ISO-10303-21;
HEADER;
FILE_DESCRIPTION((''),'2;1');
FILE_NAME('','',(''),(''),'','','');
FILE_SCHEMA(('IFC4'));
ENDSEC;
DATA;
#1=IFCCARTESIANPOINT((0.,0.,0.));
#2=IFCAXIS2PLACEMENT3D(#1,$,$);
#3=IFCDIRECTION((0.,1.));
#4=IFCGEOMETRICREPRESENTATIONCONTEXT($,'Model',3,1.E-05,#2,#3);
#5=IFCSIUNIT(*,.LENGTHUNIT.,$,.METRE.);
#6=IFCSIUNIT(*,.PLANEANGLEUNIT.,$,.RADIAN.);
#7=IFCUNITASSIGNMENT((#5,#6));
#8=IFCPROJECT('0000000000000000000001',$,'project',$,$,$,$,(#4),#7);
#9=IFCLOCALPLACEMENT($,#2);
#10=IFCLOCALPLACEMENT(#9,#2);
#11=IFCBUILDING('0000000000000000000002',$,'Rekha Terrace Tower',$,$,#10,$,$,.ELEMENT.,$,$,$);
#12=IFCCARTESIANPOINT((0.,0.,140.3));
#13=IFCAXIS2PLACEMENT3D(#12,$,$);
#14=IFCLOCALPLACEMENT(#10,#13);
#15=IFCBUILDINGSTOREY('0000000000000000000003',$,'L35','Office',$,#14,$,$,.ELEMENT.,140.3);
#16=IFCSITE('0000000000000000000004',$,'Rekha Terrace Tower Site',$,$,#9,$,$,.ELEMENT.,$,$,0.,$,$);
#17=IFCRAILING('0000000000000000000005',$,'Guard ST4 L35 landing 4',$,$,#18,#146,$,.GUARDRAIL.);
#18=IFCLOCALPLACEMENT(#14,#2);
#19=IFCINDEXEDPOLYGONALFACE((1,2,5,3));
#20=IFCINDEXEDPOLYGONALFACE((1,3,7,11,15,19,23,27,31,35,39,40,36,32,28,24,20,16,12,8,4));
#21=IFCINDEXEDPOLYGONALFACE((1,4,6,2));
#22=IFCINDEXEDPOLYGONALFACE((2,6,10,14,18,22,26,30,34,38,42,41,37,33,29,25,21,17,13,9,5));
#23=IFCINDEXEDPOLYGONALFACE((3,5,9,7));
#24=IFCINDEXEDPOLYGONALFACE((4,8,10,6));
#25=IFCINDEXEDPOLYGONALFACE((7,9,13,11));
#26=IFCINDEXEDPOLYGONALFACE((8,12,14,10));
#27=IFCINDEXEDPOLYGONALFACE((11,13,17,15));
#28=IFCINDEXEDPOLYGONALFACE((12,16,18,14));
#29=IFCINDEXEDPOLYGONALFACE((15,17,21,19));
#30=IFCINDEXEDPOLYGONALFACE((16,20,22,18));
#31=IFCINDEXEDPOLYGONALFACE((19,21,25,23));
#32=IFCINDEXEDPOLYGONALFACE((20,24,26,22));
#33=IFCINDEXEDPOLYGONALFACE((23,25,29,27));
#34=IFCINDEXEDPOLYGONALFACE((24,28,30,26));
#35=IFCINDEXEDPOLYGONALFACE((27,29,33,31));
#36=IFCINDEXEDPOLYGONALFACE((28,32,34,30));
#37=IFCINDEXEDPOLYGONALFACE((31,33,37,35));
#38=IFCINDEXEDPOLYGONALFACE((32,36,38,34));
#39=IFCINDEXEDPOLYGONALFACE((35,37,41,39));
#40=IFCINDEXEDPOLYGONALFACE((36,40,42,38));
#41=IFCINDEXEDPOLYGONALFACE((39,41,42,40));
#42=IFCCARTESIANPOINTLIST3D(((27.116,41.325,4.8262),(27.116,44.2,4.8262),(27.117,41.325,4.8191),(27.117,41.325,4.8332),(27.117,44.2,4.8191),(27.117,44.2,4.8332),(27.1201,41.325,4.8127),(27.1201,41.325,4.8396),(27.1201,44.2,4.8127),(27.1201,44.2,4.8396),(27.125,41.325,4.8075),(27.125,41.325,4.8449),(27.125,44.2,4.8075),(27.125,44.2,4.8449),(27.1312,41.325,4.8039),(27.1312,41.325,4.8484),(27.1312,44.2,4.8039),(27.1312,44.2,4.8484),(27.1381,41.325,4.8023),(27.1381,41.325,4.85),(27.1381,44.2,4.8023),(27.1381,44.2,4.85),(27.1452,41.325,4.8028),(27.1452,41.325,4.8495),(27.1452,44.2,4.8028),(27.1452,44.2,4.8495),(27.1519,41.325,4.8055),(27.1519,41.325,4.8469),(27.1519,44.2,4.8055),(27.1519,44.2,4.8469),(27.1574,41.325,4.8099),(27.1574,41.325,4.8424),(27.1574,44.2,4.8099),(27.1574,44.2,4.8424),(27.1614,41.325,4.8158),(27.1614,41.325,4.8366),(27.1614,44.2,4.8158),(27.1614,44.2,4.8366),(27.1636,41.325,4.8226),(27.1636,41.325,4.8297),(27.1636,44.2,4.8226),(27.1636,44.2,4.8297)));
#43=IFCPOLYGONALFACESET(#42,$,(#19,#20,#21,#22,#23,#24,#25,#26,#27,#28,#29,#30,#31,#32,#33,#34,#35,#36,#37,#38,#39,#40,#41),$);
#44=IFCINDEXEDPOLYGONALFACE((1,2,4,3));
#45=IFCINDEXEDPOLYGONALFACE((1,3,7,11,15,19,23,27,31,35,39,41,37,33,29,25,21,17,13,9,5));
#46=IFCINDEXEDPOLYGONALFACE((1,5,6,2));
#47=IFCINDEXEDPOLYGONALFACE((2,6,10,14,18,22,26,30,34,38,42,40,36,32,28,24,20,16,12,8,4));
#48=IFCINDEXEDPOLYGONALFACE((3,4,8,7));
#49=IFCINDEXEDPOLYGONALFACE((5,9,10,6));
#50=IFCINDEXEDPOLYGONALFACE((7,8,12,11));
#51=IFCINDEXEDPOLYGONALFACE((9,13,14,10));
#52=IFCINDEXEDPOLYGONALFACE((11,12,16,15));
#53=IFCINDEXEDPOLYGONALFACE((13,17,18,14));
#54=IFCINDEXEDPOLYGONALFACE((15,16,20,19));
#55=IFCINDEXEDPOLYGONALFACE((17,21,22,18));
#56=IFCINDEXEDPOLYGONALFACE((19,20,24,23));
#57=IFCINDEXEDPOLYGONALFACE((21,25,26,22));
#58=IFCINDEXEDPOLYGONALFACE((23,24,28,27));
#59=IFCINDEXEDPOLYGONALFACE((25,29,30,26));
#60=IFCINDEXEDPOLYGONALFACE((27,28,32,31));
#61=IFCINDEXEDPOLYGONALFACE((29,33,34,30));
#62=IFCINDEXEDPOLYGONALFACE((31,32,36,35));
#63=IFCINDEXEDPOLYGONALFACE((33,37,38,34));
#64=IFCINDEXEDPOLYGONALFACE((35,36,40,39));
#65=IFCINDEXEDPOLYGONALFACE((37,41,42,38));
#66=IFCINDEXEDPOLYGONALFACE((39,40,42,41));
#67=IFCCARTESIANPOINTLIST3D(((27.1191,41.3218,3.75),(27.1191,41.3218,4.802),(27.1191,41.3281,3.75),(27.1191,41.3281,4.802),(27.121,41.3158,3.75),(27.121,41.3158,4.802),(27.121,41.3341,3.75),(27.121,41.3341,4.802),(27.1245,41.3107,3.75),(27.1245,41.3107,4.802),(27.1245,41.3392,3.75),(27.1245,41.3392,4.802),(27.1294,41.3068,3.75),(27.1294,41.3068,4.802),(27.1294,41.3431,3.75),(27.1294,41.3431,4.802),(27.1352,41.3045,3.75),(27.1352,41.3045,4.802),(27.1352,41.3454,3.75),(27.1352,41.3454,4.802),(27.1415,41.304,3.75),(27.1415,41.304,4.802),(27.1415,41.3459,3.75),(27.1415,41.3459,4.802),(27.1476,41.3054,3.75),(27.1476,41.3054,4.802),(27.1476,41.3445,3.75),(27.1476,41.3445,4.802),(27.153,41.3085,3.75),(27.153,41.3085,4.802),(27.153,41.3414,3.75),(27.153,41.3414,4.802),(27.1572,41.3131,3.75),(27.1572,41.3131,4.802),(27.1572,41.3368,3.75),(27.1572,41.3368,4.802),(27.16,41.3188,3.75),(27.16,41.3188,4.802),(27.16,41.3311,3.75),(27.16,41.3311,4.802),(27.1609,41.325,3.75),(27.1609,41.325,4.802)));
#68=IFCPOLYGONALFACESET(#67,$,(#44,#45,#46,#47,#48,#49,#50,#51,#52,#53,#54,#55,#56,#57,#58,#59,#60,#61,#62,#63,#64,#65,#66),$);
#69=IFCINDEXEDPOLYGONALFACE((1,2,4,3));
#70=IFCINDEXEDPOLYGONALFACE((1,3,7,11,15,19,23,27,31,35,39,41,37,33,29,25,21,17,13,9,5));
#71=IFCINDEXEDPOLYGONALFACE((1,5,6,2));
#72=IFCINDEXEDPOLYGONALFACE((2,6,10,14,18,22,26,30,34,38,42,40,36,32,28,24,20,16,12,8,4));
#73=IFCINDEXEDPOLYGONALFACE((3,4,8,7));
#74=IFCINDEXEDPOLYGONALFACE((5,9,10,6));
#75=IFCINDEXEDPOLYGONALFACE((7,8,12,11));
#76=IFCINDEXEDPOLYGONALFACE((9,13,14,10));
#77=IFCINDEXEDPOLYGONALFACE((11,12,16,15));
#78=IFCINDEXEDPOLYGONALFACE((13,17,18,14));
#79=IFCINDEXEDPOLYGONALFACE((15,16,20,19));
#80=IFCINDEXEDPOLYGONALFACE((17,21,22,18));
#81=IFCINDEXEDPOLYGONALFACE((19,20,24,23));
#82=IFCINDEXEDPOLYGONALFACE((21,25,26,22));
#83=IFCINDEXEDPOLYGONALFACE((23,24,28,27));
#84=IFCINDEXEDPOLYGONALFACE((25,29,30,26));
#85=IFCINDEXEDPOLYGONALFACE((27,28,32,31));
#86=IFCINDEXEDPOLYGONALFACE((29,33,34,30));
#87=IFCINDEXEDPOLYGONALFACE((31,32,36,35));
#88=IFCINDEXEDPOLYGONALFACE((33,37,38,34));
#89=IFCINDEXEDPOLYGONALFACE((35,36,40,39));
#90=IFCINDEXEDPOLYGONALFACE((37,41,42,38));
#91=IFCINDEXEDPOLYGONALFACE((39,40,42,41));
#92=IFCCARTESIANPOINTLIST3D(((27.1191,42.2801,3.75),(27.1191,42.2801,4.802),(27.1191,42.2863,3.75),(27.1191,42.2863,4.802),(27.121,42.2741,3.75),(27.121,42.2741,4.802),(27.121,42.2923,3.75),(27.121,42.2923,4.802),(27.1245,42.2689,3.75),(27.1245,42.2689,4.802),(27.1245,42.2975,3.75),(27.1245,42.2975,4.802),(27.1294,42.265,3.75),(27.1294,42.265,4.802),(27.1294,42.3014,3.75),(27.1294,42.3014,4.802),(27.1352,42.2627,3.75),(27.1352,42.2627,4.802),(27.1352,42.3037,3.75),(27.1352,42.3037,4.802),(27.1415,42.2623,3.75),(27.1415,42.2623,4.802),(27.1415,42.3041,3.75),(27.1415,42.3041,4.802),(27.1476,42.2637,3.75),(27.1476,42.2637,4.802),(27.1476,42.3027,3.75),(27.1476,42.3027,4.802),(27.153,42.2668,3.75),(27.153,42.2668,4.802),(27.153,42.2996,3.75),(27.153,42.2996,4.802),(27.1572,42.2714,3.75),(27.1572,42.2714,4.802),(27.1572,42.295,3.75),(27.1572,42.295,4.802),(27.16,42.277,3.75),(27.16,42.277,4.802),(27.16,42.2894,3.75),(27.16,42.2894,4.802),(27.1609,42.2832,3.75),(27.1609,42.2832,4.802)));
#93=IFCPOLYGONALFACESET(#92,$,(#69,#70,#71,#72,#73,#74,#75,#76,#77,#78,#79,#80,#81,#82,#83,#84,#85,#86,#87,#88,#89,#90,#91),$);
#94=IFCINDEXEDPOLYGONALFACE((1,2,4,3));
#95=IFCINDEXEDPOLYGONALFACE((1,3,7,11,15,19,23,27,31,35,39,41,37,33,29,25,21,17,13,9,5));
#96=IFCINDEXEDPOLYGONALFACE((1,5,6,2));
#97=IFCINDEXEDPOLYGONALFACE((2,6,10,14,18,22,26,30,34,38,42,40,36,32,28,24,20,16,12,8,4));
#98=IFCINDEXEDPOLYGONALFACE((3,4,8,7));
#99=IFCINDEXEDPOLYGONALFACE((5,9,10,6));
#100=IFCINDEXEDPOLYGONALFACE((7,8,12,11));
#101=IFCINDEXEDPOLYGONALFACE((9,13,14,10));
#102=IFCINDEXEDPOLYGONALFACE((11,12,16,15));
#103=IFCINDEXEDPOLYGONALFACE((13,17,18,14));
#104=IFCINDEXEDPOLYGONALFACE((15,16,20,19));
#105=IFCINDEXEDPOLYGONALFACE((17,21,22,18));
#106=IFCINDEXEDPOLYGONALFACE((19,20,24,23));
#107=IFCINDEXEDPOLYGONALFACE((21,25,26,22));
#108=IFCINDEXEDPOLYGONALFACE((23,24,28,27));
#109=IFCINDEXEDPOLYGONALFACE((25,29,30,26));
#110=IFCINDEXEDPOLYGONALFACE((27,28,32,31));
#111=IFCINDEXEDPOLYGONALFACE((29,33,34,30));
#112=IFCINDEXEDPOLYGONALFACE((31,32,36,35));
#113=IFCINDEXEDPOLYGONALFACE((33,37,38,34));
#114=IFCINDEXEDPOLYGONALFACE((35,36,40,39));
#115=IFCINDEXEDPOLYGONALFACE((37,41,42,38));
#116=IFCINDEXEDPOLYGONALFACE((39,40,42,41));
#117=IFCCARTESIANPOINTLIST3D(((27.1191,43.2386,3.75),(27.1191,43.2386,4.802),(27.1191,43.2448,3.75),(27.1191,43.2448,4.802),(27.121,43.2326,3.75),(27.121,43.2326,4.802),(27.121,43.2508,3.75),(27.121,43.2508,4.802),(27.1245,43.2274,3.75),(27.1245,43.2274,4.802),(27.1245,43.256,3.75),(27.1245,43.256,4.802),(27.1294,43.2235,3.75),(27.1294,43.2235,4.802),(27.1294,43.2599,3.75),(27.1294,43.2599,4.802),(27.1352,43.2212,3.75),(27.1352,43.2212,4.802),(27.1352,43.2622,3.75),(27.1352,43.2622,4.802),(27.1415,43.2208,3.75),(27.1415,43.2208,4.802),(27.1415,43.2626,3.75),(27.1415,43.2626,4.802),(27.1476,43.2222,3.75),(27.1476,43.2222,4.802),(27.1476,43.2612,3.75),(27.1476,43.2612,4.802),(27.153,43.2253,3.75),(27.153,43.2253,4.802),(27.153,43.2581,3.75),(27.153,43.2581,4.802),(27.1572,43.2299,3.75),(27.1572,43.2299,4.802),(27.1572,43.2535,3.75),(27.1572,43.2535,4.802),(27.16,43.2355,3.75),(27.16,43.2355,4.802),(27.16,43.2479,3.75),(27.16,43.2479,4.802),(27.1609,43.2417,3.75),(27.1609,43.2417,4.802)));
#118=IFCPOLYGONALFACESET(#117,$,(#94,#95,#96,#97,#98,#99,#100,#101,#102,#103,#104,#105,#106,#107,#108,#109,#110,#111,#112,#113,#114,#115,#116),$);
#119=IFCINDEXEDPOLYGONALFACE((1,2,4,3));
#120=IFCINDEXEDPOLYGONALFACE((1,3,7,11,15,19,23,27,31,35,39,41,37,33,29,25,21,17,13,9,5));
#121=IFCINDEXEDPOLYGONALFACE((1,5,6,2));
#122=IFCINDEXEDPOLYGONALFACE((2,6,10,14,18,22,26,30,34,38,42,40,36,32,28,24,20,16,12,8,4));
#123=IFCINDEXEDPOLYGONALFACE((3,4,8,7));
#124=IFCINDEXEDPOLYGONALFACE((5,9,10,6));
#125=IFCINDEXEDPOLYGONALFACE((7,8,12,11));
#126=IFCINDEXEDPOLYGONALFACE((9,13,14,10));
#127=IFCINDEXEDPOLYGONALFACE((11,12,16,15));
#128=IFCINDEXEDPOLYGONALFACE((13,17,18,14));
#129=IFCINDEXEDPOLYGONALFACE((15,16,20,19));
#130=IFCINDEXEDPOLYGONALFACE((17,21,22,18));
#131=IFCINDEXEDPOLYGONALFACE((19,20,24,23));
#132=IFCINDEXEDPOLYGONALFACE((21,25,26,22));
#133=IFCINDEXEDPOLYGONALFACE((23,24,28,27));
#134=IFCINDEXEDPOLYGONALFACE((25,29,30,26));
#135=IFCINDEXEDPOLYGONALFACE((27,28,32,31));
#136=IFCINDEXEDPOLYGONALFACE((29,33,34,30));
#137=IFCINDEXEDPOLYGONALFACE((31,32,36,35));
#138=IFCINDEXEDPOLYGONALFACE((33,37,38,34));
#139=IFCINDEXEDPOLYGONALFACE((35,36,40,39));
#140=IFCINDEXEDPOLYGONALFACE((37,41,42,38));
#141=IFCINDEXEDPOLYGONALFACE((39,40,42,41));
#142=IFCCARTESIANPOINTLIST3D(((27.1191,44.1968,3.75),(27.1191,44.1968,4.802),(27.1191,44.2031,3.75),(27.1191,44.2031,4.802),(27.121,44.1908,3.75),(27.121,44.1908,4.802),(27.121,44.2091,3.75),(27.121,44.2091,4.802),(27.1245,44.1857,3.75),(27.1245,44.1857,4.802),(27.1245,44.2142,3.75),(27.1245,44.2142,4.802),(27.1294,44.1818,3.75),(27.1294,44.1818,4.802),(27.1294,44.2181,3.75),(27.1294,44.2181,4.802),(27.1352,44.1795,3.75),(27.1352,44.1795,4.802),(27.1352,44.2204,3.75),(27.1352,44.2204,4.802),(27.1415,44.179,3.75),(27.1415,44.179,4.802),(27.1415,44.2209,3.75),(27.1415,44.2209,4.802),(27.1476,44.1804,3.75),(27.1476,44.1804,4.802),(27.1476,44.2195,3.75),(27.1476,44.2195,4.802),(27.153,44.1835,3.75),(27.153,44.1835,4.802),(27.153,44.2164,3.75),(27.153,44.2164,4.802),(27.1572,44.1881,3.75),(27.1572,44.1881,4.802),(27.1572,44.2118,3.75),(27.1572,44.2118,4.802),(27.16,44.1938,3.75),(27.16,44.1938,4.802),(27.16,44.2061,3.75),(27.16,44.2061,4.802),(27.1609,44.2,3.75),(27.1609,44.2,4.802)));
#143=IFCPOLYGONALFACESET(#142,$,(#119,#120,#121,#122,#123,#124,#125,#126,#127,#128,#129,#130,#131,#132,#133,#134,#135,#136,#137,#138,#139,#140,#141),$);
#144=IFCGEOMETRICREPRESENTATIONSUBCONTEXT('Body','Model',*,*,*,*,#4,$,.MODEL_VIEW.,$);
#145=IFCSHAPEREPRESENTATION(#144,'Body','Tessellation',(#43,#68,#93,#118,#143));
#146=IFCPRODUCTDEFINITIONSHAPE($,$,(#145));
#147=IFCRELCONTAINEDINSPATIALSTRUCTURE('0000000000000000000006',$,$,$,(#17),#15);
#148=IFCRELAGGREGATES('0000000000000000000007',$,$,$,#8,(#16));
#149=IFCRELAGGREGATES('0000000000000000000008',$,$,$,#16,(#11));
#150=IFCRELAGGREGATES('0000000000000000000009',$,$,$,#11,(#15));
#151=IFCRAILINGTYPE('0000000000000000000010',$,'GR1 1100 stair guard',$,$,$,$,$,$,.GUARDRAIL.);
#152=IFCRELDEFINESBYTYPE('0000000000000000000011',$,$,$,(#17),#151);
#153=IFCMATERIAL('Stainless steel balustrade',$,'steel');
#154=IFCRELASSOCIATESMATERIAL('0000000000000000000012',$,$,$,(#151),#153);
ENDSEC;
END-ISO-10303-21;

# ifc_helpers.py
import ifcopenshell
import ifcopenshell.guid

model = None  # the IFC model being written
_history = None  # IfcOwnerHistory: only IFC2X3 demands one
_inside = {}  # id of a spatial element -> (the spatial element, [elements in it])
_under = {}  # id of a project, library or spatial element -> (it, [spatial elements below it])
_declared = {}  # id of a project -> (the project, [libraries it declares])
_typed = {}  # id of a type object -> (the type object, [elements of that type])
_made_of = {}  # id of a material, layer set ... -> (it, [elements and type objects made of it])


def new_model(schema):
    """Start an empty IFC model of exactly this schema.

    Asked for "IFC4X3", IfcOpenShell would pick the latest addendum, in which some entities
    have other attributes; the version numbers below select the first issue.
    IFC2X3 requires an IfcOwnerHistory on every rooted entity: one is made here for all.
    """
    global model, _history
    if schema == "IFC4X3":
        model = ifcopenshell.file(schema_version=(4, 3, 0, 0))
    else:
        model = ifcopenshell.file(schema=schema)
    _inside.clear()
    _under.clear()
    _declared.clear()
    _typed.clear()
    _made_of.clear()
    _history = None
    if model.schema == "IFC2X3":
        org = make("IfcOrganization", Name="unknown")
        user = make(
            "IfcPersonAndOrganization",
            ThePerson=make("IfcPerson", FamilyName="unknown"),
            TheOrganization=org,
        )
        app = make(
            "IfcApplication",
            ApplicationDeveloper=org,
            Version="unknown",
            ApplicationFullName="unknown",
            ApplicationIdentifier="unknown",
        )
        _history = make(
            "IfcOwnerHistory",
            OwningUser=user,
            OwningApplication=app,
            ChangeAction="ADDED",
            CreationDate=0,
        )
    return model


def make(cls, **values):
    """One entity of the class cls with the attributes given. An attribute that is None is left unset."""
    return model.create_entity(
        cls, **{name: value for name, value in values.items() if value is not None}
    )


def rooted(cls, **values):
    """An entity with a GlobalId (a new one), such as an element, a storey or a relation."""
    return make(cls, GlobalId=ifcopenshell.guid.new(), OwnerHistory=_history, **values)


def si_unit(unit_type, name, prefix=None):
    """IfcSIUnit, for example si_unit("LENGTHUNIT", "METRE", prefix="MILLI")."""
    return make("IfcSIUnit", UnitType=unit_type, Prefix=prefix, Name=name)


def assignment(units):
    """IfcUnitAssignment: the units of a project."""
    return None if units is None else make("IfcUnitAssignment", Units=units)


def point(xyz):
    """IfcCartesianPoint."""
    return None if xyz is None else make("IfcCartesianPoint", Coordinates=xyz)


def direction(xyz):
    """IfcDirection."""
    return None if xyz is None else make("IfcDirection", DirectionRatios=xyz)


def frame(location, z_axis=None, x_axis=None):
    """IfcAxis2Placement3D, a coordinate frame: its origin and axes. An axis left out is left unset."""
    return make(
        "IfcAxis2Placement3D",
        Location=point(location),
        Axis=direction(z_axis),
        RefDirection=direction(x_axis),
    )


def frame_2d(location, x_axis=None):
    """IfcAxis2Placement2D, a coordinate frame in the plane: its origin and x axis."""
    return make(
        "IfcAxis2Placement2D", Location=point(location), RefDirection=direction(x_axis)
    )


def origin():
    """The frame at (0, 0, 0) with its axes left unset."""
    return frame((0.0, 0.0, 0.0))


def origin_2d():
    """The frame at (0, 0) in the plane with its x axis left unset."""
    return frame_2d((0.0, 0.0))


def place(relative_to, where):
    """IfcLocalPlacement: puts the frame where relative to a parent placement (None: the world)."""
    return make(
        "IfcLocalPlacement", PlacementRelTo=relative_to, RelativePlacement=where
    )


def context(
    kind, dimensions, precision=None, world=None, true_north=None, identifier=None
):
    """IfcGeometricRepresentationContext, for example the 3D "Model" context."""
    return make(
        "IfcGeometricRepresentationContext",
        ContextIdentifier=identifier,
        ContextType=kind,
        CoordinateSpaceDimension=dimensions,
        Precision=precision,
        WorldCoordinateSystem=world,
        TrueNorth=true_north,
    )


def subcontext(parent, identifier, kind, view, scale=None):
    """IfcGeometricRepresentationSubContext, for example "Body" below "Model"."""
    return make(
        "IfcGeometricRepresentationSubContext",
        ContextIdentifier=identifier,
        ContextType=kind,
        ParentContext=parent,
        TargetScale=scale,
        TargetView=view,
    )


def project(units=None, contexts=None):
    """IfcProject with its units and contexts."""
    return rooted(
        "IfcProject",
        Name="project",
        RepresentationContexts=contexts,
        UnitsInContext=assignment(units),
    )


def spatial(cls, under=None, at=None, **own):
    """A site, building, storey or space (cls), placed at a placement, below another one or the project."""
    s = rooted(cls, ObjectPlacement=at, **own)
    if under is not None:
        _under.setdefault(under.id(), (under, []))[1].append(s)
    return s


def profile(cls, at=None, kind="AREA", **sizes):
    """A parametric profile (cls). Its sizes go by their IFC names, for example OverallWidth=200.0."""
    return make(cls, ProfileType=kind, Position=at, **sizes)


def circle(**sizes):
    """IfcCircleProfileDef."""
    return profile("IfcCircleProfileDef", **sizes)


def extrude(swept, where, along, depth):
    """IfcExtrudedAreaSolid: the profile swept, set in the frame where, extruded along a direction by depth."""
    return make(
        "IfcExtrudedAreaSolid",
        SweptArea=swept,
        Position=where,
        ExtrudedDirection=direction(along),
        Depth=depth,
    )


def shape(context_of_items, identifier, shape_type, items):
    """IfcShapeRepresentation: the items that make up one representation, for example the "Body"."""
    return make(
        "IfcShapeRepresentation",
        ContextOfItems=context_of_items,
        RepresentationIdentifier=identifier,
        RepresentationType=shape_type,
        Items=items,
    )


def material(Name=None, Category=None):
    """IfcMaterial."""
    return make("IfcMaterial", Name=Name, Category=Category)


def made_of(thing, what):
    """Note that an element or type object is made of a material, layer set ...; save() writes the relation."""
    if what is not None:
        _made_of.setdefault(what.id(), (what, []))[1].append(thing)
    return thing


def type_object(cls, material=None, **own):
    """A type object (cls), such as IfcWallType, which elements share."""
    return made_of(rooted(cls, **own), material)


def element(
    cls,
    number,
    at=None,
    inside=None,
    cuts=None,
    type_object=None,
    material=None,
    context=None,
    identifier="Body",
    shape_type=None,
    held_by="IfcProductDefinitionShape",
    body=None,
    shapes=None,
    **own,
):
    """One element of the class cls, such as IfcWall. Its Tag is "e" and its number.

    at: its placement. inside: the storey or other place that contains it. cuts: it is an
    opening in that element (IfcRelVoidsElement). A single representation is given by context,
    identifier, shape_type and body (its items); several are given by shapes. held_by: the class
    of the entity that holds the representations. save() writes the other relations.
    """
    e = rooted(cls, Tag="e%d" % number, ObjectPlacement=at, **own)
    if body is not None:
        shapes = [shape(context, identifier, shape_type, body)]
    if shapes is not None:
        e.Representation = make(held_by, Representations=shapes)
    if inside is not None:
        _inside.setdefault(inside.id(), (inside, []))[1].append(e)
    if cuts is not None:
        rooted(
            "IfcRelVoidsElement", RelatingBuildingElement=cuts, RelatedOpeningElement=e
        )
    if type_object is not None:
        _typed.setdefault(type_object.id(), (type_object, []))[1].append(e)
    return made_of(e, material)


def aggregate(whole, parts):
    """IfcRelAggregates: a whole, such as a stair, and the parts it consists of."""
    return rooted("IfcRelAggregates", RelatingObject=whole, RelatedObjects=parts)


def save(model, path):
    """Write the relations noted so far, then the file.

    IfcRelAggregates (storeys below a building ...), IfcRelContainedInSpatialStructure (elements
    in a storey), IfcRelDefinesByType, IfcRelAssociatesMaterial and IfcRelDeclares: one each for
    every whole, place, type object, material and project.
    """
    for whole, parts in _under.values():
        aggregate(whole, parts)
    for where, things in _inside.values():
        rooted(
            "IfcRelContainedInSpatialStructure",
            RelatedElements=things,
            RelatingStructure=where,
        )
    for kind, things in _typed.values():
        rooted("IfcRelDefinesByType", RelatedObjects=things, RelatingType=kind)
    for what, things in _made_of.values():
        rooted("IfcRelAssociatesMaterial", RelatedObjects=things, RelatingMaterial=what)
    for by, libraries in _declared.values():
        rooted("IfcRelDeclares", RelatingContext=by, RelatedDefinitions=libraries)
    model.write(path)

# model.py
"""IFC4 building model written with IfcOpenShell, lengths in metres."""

from ifc_helpers import new_model, si_unit, direction, frame, origin, origin_2d, place, context, subcontext, project, spatial, circle, extrude, material, type_object, element, save


model = new_model("IFC4")

# Units and contexts
model_context = context("Model", 3, precision=1e-05, world=origin(), true_north=direction((0.0, 1.0)))
body_context = subcontext(model_context, "Body", "Model", "MODEL_VIEW")
ifc_project = project(units=[si_unit("LENGTHUNIT", "METRE"), si_unit("PLANEANGLEUNIT", "RADIAN")], contexts=[model_context])

# Site, building, storey
site_placement = place(None, origin())
site = spatial("IfcSite", under=ifc_project, at=site_placement, Name="Rekha Terrace Tower Site", CompositionType="ELEMENT", RefElevation=0.0)
building_placement = place(site_placement, origin())
building = spatial("IfcBuilding", under=site, at=building_placement, Name="Rekha Terrace Tower", CompositionType="ELEMENT")
storey_placement = place(building_placement, frame((0.0, 0.0, 140.3)))
storey = spatial("IfcBuildingStorey", under=building, at=storey_placement, Name="L35", Description="Office", CompositionType="ELEMENT", Elevation=140.3)

# Railing
ifc_material_1 = material(Name="Stainless steel balustrade", Category="steel")
railing_type_1 = type_object("IfcRailingType", Name="GR1 1100 stair guard", PredefinedType="GUARDRAIL", material=ifc_material_1)
railing_1_placement = place(storey_placement, frame((27.1399, 41.325, 3.75)))
element("IfcRailing", 1, at=railing_1_placement, inside=storey, type_object=railing_type_1, Name="Guard ST4 L35 landing 4", PredefinedType="GUARDRAIL", context=body_context, shape_type="SweptSolid", body=[
    extrude(circle(Radius=0.0239, at=origin_2d()), frame((0.0, 0.0, 1.0762), z_axis=(0.0, 1.0, 0.0), x_axis=(-1.0, 0.0, 0.0)), (0.0, 0.0, 1.0), 2.875),
    extrude(circle(Radius=0.021, at=origin_2d()), origin(), (0.0, 0.0, 1.0), 1.052),
    extrude(circle(Radius=0.021, at=origin_2d()), frame((0.0, 0.9583, 0.0)), (0.0, 0.0, 1.0), 1.052),
    extrude(circle(Radius=0.021, at=origin_2d()), frame((0.0, 1.9167, 0.0)), (0.0, 0.0, 1.0), 1.052),
    extrude(circle(Radius=0.021, at=origin_2d()), frame((0.0, 2.875, 0.0)), (0.0, 0.0, 1.0), 1.052),
])

save(model, "model.ifc")
